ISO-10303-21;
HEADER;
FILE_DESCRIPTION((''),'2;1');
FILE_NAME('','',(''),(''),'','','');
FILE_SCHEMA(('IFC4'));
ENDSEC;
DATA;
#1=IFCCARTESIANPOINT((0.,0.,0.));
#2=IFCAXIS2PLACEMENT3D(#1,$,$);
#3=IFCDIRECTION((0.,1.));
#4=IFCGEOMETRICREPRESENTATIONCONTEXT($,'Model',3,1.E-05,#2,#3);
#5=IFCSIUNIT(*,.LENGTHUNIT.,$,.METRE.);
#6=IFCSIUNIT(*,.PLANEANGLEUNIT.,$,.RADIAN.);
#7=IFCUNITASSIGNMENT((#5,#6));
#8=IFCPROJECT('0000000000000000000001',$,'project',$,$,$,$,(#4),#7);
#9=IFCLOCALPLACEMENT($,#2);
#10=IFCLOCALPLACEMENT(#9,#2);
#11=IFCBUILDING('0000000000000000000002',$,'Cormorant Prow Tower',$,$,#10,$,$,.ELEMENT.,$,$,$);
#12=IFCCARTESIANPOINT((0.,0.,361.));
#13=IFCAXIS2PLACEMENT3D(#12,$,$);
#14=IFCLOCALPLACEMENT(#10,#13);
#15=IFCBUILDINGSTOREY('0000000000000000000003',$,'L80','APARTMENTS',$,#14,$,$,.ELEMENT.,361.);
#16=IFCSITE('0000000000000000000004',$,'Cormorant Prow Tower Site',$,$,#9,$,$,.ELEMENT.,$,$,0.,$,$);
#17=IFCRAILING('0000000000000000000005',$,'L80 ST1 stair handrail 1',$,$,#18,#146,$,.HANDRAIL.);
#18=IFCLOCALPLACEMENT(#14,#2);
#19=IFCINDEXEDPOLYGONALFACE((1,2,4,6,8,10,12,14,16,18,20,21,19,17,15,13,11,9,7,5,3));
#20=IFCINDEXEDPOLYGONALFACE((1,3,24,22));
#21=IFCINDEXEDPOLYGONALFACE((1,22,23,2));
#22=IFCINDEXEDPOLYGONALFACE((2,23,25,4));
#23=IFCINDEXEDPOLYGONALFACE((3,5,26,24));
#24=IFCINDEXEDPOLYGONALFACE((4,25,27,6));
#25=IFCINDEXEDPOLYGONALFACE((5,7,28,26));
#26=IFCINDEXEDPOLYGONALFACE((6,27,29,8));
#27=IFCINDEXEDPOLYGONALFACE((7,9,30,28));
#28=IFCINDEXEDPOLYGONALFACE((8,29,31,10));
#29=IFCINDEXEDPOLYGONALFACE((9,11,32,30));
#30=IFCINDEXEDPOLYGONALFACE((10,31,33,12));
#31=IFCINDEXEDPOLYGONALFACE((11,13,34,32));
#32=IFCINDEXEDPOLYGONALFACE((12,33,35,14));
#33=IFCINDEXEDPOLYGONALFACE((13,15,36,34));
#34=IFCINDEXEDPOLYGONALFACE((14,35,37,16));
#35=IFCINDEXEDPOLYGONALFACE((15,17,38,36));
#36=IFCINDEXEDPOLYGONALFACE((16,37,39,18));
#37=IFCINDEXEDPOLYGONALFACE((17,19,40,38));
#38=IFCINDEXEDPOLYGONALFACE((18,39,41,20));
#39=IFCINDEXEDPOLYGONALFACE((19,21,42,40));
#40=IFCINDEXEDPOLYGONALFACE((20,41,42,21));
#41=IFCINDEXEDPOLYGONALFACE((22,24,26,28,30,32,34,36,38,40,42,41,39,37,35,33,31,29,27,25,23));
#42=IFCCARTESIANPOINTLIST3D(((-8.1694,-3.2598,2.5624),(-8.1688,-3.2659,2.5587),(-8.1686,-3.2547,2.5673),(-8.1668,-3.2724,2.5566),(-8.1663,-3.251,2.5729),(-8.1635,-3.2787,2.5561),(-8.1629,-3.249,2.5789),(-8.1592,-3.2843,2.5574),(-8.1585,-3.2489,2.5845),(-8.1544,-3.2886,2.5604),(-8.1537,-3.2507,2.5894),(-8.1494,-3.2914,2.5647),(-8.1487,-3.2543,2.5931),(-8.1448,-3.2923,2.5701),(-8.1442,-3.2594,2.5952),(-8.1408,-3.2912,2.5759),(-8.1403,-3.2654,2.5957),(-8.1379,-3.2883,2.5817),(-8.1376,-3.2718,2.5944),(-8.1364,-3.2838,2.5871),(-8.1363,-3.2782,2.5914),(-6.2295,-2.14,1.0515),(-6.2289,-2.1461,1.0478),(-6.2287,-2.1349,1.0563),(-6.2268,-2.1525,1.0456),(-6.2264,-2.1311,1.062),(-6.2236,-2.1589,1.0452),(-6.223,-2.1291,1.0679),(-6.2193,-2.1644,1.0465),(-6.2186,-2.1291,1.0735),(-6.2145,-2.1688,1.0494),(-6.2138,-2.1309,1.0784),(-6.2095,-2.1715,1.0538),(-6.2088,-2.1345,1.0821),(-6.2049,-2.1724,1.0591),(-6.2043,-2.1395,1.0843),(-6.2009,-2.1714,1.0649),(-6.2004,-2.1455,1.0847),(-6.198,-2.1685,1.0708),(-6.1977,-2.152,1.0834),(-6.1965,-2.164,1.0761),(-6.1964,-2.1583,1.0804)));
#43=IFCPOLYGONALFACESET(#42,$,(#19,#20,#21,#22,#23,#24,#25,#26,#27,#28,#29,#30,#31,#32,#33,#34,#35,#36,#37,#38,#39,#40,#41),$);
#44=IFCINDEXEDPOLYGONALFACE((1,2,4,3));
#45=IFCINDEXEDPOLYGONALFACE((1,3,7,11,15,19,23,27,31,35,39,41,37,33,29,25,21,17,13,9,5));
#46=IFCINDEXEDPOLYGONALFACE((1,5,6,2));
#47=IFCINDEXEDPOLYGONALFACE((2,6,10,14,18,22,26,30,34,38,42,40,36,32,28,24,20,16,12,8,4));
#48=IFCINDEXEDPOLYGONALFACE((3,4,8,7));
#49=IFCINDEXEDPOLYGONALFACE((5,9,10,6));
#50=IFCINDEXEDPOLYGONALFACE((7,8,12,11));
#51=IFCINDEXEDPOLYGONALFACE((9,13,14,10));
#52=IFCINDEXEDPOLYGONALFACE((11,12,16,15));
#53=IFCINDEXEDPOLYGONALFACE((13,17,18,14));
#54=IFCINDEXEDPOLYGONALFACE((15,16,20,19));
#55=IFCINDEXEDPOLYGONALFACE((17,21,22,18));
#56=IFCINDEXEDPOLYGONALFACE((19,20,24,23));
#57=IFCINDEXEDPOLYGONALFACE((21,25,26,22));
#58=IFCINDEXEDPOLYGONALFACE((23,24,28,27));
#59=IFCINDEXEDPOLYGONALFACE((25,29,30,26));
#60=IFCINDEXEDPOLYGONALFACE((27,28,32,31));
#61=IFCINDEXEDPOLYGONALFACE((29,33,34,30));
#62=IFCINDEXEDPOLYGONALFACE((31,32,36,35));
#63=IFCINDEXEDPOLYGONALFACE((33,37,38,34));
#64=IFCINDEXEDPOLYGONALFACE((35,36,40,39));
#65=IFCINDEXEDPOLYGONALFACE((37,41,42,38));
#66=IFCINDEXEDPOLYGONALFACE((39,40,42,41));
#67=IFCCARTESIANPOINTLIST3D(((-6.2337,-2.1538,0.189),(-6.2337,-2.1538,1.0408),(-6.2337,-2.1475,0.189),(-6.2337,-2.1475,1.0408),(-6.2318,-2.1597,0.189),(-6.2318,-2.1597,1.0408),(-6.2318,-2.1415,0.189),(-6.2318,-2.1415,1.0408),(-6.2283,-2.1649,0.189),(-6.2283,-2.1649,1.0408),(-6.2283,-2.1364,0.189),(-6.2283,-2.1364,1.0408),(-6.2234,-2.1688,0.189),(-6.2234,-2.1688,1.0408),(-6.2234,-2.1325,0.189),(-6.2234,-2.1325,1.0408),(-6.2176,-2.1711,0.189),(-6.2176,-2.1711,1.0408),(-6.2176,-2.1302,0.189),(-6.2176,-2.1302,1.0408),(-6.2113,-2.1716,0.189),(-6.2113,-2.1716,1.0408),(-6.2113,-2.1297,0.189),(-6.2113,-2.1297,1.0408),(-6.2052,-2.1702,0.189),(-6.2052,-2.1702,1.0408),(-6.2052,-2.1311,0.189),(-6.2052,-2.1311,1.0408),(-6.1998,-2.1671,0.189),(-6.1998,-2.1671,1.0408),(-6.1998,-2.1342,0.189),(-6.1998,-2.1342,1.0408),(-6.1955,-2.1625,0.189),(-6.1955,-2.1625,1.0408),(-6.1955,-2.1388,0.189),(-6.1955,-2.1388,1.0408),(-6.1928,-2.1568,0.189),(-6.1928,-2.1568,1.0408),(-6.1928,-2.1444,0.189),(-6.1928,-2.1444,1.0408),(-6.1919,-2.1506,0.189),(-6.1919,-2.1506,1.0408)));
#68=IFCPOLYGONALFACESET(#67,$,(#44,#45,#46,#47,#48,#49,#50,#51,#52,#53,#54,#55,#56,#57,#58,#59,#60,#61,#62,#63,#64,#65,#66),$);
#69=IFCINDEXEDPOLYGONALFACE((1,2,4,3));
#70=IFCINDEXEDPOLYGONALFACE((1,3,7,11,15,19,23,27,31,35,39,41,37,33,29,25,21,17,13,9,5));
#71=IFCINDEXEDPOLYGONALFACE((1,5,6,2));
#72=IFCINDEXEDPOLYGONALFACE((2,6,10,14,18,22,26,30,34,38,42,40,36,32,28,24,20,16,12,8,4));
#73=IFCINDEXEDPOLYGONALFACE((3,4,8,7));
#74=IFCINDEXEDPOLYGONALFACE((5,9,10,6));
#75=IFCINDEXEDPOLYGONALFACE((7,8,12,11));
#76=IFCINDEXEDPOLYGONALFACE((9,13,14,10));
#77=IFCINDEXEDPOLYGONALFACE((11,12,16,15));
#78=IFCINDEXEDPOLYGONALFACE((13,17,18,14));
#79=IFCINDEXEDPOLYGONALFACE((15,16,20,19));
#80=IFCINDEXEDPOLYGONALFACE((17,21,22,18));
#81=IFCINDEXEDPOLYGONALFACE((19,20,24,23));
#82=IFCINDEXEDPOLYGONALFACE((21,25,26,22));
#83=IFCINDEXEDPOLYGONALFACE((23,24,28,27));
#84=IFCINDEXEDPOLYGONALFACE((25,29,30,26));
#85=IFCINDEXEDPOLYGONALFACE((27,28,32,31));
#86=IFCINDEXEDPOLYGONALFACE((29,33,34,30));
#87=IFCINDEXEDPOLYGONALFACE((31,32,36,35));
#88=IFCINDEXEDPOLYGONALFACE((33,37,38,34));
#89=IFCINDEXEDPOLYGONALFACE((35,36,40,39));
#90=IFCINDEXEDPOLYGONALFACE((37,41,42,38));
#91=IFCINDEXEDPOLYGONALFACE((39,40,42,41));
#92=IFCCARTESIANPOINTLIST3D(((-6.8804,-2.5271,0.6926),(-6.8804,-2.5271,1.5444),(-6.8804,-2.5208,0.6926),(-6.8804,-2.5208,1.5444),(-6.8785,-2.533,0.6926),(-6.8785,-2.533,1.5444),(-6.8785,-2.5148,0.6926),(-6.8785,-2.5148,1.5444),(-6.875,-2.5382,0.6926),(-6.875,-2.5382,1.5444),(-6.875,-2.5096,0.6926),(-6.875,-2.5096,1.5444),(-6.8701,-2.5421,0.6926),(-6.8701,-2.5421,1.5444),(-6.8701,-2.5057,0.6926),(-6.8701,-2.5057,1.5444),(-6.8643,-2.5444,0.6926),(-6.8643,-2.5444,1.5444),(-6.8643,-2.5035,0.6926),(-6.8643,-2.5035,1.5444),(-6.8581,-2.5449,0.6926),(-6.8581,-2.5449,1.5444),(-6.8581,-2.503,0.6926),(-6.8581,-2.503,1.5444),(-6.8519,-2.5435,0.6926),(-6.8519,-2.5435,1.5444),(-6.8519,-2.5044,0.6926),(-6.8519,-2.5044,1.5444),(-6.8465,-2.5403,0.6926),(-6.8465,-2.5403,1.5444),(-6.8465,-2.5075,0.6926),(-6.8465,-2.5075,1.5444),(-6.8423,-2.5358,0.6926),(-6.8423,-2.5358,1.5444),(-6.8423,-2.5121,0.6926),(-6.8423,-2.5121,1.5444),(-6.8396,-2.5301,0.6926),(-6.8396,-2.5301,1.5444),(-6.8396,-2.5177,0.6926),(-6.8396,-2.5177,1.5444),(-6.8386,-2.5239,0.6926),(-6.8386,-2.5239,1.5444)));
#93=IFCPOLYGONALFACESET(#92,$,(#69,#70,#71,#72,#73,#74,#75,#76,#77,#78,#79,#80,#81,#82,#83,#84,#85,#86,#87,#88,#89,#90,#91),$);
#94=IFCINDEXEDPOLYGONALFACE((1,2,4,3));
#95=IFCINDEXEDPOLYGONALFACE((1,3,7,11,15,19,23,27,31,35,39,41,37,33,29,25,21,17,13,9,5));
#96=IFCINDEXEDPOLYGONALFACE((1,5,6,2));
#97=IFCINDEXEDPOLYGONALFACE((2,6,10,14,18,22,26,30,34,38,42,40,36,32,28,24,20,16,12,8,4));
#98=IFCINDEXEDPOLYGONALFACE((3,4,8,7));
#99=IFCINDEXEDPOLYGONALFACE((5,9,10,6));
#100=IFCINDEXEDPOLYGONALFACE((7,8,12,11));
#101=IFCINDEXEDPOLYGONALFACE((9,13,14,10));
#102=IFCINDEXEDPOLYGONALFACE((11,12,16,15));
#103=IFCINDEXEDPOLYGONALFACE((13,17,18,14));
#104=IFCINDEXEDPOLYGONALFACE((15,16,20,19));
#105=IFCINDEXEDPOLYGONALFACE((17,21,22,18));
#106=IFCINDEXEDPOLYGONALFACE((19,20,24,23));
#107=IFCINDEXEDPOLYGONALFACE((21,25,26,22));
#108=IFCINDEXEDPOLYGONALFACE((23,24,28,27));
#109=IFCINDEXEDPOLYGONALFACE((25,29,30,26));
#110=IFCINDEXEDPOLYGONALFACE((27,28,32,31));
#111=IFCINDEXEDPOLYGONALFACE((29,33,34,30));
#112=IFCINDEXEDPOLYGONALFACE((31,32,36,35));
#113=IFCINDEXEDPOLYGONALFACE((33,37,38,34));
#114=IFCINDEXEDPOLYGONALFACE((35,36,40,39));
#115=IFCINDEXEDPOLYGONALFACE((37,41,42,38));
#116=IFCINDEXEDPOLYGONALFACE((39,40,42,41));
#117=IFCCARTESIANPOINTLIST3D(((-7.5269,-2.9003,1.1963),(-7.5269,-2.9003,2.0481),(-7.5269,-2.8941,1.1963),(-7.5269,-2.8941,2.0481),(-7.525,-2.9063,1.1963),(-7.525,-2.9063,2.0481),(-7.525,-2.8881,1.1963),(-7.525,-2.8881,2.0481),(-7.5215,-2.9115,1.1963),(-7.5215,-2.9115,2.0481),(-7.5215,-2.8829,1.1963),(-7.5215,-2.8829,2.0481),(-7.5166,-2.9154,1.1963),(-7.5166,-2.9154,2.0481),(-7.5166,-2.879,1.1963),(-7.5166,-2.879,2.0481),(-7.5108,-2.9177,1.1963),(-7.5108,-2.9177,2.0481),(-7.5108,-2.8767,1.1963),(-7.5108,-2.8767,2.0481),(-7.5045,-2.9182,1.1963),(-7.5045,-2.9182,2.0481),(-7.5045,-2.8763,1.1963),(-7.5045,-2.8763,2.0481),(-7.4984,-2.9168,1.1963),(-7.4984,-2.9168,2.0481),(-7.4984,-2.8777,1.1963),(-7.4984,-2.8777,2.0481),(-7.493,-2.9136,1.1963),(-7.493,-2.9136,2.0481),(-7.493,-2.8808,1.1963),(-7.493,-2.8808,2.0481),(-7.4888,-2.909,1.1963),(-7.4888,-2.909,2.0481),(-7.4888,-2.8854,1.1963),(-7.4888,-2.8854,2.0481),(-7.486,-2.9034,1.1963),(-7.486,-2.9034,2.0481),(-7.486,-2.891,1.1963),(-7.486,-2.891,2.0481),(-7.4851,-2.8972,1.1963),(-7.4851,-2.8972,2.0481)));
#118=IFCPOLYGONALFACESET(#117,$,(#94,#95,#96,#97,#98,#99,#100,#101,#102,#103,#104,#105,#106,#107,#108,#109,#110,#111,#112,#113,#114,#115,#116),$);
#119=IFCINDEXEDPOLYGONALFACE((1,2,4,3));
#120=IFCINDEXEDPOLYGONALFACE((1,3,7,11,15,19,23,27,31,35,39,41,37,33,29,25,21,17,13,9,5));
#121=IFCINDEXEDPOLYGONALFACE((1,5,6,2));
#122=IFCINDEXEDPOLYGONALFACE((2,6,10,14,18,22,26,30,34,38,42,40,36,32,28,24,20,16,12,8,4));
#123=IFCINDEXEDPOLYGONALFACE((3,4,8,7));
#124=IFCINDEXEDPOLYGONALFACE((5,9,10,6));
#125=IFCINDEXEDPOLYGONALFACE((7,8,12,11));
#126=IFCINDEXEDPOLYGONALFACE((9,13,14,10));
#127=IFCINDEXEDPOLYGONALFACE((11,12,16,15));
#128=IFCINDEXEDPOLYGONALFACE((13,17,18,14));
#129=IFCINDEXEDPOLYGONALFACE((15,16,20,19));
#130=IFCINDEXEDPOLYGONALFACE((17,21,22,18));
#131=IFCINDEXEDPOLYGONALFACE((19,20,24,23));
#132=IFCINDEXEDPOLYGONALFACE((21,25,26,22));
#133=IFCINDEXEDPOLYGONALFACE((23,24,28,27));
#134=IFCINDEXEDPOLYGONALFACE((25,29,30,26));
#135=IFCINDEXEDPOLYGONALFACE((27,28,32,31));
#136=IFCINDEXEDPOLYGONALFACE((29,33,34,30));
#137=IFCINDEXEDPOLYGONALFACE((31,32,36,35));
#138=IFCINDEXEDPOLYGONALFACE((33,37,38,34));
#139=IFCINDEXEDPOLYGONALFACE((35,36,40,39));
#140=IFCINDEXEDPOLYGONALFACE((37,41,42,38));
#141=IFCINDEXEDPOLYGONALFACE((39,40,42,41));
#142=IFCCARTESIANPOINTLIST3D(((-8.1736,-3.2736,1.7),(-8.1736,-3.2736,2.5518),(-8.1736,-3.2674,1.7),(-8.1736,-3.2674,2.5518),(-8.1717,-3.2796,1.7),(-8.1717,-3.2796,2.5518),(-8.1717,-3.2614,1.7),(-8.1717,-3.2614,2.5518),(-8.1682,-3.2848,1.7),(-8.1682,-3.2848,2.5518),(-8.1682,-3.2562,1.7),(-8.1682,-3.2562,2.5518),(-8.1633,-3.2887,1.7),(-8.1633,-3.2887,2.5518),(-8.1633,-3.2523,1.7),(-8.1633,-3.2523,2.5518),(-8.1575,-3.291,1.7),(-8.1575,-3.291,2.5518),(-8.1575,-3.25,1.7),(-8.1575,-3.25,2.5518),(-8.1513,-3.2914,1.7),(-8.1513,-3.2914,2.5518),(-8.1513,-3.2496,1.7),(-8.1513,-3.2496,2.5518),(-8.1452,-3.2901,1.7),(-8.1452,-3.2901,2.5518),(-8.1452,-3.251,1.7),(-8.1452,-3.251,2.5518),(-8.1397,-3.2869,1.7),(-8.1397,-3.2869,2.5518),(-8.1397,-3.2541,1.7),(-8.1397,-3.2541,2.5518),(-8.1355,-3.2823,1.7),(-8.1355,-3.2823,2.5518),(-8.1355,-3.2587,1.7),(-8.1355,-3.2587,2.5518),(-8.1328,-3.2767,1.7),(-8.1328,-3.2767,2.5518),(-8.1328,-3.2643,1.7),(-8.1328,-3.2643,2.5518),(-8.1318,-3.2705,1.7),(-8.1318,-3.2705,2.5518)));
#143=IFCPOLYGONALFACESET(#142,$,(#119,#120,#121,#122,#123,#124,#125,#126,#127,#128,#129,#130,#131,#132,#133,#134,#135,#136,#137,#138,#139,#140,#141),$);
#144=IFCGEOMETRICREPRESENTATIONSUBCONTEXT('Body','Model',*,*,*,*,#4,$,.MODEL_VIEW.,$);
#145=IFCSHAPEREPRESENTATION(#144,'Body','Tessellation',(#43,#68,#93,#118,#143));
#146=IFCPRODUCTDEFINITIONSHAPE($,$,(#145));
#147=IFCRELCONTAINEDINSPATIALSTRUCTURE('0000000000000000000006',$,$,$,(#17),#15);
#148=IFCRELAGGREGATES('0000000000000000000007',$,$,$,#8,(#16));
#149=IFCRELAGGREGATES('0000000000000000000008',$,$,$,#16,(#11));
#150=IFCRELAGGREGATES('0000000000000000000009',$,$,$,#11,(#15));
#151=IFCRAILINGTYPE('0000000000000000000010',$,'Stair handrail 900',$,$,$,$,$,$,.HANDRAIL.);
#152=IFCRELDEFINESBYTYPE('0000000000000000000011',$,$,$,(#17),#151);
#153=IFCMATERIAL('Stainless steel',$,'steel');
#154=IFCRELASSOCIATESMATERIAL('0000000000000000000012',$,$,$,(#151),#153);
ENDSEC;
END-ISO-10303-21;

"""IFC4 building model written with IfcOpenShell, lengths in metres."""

from ifc_helpers import new_model, si_unit, direction, frame, origin, origin_2d, place, context, subcontext, project, spatial, circle, extrude, material, type_object, element, save


model = new_model("IFC4")

# Units and contexts
model_context = context("Model", 3, precision=1e-05, world=origin(), true_north=direction((0.0, 1.0)))
body_context = subcontext(model_context, "Body", "Model", "MODEL_VIEW")
ifc_project = project(units=[si_unit("LENGTHUNIT", "METRE"), si_unit("PLANEANGLEUNIT", "RADIAN")], contexts=[model_context])

# Site, building, storey
site_placement = place(None, origin())
site = spatial("IfcSite", under=ifc_project, at=site_placement, Name="Cormorant Prow Tower Site", CompositionType="ELEMENT", RefElevation=0.0)
building_placement = place(site_placement, origin())
building = spatial("IfcBuilding", under=site, at=building_placement, Name="Cormorant Prow Tower", CompositionType="ELEMENT")
storey_placement = place(building_placement, frame((0.0, 0.0, 361.0)))
storey = spatial("IfcBuildingStorey", under=building, at=storey_placement, Name="L80", Description="APARTMENTS", CompositionType="ELEMENT", Elevation=361.0)

# Railing
ifc_material_1 = material(Name="Stainless steel", Category="steel")
railing_type_1 = type_object("IfcRailingType", Name="Stair handrail 900", PredefinedType="HANDRAIL", material=ifc_material_1)
railing_1_placement = place(storey_placement, frame((-6.2129, -2.1506, 0.189)))
element("IfcRailing", 1, at=railing_1_placement, inside=storey, type_object=railing_type_1, Name="L80 ST1 stair handrail 1", PredefinedType="HANDRAIL", context=body_context, shape_type="SweptSolid", body=[
    extrude(circle(Radius=0.0239, at=origin_2d()), frame((0.0, 0.0, 0.876), z_axis=(-0.717977, -0.414467, 0.559219), x_axis=(0.499949, -0.866055, 0.0)), (0.0, 0.0, 1.0), 2.7019),
    extrude(circle(Radius=0.021, at=origin_2d()), origin(), (0.0, 0.0, 1.0), 0.8518),
    extrude(circle(Radius=0.021, at=origin_2d()), frame((-0.6467, -0.3733, 0.5037)), (0.0, 0.0, 1.0), 0.8518),
    extrude(circle(Radius=0.021, at=origin_2d()), frame((-1.2932, -0.7466, 1.0073)), (0.0, 0.0, 1.0), 0.8518),
    extrude(circle(Radius=0.021, at=origin_2d()), frame((-1.9399, -1.1199, 1.511)), (0.0, 0.0, 1.0), 0.8518),
])

save(model, "model.ifc")
